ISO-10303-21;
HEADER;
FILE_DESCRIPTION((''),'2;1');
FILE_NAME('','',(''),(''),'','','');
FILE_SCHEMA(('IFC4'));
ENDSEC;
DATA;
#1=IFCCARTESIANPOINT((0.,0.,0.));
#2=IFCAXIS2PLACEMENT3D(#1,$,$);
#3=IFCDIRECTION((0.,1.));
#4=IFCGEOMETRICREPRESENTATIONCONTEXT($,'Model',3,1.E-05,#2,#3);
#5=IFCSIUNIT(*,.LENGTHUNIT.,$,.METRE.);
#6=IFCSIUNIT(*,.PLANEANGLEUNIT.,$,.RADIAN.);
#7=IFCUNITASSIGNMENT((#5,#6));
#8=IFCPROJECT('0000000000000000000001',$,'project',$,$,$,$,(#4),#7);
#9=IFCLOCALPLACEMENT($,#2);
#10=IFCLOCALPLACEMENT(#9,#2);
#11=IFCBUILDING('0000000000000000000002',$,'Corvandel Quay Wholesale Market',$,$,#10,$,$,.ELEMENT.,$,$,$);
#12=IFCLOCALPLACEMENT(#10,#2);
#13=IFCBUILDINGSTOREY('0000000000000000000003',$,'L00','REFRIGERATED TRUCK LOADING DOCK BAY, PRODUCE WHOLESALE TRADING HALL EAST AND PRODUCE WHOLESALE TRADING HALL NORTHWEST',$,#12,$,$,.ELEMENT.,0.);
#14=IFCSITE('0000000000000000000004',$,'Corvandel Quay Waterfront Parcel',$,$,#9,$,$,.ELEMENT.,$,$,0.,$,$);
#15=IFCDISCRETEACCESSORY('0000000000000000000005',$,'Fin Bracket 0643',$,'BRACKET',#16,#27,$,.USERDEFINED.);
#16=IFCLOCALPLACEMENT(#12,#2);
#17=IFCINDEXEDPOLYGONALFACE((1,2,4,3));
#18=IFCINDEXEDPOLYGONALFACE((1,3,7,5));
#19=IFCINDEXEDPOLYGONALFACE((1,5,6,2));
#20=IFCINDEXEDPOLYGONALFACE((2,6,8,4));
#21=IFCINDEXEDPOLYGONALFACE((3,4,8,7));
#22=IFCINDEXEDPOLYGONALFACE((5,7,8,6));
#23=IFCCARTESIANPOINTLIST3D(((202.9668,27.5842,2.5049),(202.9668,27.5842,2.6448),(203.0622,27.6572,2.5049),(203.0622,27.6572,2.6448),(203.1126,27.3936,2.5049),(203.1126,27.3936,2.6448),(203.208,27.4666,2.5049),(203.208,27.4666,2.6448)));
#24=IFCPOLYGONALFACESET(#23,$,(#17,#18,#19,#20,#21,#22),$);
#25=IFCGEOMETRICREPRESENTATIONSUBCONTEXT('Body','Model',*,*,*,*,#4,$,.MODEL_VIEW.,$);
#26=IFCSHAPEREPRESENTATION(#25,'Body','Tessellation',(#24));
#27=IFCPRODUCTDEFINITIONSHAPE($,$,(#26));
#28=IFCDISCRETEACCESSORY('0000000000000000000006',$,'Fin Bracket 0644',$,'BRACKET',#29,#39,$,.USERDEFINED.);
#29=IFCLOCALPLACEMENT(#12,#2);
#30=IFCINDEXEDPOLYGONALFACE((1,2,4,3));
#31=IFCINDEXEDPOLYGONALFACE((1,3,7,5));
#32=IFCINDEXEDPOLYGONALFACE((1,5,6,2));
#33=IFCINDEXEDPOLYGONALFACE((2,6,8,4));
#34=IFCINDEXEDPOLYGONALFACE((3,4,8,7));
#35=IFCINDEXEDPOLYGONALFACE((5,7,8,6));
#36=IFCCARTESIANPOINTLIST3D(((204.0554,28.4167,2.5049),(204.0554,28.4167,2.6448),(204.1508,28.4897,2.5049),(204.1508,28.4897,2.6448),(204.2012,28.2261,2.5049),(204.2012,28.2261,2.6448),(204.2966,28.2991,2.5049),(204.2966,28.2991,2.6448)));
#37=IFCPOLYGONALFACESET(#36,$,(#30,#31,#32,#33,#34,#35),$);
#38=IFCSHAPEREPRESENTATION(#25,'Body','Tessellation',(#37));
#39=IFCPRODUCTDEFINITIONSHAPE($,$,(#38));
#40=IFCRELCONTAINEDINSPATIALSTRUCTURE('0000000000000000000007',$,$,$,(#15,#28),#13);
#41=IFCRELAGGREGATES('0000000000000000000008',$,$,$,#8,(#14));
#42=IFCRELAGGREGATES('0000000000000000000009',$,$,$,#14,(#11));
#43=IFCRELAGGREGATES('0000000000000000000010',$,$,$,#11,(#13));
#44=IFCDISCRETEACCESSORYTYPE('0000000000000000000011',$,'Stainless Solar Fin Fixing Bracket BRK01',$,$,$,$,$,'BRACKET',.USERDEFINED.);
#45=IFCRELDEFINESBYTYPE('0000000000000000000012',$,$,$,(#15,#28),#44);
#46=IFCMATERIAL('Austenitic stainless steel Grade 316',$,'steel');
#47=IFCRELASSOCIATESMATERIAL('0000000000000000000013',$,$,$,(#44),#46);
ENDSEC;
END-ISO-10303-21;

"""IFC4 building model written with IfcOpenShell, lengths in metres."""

from ifc_helpers import new_model, si_unit, direction, frame, origin, origin_2d, place, context, subcontext, project, spatial, rectangle, extrude, material, type_object, element, save


model = new_model("IFC4")

# Units and contexts
model_context = context("Model", 3, precision=1e-05, world=origin(), true_north=direction((0.0, 1.0)))
body_context = subcontext(model_context, "Body", "Model", "MODEL_VIEW")
ifc_project = project(units=[si_unit("LENGTHUNIT", "METRE"), si_unit("PLANEANGLEUNIT", "RADIAN")], contexts=[model_context])

# Site, building, storey
site_placement = place(None, origin())
site = spatial("IfcSite", under=ifc_project, at=site_placement, Name="Corvandel Quay Waterfront Parcel", CompositionType="ELEMENT", RefElevation=0.0)
building_placement = place(site_placement, origin())
building = spatial("IfcBuilding", under=site, at=building_placement, Name="Corvandel Quay Wholesale Market", CompositionType="ELEMENT")
storey_placement = place(building_placement, origin())
storey = spatial("IfcBuildingStorey", under=building, at=storey_placement, Name="L00", Description="REFRIGERATED TRUCK LOADING DOCK BAY, PRODUCE WHOLESALE TRADING HALL EAST AND PRODUCE WHOLESALE TRADING HALL NORTHWEST", CompositionType="ELEMENT", Elevation=0.0)

# Discrete accessories
ifc_material_1 = material(Name="Austenitic stainless steel Grade 316", Category="steel")
discrete_accessory_type = type_object("IfcDiscreteAccessoryType", Name="Stainless Solar Fin Fixing Bracket BRK01", ElementType="BRACKET", PredefinedType="USERDEFINED", material=ifc_material_1)
for number, where, z_axis, x_axis, name in (
    (1, (203.0874, 27.5254, 2.5049), (0.0, 0.0, 1.0), (-0.607514, 0.794309, 0.0), "Fin Bracket 0643"),
    (2, (204.176, 28.3579, 2.5049), (0.0, 0.0, 1.0), (-0.607514, 0.794309, 0.0), "Fin Bracket 0644"),
):
    element("IfcDiscreteAccessory", number, at=place(storey_placement, frame(where, z_axis=z_axis, x_axis=x_axis)), inside=storey, type_object=discrete_accessory_type, Name=name, ObjectType="BRACKET", PredefinedType="USERDEFINED", context=body_context, shape_type="SweptSolid", body=[
        extrude(rectangle(XDim=0.24, YDim=0.1201, at=origin_2d()), origin(), (0.0, 0.0, 1.0), 0.1399),
    ])

save(model, "model.ifc")
